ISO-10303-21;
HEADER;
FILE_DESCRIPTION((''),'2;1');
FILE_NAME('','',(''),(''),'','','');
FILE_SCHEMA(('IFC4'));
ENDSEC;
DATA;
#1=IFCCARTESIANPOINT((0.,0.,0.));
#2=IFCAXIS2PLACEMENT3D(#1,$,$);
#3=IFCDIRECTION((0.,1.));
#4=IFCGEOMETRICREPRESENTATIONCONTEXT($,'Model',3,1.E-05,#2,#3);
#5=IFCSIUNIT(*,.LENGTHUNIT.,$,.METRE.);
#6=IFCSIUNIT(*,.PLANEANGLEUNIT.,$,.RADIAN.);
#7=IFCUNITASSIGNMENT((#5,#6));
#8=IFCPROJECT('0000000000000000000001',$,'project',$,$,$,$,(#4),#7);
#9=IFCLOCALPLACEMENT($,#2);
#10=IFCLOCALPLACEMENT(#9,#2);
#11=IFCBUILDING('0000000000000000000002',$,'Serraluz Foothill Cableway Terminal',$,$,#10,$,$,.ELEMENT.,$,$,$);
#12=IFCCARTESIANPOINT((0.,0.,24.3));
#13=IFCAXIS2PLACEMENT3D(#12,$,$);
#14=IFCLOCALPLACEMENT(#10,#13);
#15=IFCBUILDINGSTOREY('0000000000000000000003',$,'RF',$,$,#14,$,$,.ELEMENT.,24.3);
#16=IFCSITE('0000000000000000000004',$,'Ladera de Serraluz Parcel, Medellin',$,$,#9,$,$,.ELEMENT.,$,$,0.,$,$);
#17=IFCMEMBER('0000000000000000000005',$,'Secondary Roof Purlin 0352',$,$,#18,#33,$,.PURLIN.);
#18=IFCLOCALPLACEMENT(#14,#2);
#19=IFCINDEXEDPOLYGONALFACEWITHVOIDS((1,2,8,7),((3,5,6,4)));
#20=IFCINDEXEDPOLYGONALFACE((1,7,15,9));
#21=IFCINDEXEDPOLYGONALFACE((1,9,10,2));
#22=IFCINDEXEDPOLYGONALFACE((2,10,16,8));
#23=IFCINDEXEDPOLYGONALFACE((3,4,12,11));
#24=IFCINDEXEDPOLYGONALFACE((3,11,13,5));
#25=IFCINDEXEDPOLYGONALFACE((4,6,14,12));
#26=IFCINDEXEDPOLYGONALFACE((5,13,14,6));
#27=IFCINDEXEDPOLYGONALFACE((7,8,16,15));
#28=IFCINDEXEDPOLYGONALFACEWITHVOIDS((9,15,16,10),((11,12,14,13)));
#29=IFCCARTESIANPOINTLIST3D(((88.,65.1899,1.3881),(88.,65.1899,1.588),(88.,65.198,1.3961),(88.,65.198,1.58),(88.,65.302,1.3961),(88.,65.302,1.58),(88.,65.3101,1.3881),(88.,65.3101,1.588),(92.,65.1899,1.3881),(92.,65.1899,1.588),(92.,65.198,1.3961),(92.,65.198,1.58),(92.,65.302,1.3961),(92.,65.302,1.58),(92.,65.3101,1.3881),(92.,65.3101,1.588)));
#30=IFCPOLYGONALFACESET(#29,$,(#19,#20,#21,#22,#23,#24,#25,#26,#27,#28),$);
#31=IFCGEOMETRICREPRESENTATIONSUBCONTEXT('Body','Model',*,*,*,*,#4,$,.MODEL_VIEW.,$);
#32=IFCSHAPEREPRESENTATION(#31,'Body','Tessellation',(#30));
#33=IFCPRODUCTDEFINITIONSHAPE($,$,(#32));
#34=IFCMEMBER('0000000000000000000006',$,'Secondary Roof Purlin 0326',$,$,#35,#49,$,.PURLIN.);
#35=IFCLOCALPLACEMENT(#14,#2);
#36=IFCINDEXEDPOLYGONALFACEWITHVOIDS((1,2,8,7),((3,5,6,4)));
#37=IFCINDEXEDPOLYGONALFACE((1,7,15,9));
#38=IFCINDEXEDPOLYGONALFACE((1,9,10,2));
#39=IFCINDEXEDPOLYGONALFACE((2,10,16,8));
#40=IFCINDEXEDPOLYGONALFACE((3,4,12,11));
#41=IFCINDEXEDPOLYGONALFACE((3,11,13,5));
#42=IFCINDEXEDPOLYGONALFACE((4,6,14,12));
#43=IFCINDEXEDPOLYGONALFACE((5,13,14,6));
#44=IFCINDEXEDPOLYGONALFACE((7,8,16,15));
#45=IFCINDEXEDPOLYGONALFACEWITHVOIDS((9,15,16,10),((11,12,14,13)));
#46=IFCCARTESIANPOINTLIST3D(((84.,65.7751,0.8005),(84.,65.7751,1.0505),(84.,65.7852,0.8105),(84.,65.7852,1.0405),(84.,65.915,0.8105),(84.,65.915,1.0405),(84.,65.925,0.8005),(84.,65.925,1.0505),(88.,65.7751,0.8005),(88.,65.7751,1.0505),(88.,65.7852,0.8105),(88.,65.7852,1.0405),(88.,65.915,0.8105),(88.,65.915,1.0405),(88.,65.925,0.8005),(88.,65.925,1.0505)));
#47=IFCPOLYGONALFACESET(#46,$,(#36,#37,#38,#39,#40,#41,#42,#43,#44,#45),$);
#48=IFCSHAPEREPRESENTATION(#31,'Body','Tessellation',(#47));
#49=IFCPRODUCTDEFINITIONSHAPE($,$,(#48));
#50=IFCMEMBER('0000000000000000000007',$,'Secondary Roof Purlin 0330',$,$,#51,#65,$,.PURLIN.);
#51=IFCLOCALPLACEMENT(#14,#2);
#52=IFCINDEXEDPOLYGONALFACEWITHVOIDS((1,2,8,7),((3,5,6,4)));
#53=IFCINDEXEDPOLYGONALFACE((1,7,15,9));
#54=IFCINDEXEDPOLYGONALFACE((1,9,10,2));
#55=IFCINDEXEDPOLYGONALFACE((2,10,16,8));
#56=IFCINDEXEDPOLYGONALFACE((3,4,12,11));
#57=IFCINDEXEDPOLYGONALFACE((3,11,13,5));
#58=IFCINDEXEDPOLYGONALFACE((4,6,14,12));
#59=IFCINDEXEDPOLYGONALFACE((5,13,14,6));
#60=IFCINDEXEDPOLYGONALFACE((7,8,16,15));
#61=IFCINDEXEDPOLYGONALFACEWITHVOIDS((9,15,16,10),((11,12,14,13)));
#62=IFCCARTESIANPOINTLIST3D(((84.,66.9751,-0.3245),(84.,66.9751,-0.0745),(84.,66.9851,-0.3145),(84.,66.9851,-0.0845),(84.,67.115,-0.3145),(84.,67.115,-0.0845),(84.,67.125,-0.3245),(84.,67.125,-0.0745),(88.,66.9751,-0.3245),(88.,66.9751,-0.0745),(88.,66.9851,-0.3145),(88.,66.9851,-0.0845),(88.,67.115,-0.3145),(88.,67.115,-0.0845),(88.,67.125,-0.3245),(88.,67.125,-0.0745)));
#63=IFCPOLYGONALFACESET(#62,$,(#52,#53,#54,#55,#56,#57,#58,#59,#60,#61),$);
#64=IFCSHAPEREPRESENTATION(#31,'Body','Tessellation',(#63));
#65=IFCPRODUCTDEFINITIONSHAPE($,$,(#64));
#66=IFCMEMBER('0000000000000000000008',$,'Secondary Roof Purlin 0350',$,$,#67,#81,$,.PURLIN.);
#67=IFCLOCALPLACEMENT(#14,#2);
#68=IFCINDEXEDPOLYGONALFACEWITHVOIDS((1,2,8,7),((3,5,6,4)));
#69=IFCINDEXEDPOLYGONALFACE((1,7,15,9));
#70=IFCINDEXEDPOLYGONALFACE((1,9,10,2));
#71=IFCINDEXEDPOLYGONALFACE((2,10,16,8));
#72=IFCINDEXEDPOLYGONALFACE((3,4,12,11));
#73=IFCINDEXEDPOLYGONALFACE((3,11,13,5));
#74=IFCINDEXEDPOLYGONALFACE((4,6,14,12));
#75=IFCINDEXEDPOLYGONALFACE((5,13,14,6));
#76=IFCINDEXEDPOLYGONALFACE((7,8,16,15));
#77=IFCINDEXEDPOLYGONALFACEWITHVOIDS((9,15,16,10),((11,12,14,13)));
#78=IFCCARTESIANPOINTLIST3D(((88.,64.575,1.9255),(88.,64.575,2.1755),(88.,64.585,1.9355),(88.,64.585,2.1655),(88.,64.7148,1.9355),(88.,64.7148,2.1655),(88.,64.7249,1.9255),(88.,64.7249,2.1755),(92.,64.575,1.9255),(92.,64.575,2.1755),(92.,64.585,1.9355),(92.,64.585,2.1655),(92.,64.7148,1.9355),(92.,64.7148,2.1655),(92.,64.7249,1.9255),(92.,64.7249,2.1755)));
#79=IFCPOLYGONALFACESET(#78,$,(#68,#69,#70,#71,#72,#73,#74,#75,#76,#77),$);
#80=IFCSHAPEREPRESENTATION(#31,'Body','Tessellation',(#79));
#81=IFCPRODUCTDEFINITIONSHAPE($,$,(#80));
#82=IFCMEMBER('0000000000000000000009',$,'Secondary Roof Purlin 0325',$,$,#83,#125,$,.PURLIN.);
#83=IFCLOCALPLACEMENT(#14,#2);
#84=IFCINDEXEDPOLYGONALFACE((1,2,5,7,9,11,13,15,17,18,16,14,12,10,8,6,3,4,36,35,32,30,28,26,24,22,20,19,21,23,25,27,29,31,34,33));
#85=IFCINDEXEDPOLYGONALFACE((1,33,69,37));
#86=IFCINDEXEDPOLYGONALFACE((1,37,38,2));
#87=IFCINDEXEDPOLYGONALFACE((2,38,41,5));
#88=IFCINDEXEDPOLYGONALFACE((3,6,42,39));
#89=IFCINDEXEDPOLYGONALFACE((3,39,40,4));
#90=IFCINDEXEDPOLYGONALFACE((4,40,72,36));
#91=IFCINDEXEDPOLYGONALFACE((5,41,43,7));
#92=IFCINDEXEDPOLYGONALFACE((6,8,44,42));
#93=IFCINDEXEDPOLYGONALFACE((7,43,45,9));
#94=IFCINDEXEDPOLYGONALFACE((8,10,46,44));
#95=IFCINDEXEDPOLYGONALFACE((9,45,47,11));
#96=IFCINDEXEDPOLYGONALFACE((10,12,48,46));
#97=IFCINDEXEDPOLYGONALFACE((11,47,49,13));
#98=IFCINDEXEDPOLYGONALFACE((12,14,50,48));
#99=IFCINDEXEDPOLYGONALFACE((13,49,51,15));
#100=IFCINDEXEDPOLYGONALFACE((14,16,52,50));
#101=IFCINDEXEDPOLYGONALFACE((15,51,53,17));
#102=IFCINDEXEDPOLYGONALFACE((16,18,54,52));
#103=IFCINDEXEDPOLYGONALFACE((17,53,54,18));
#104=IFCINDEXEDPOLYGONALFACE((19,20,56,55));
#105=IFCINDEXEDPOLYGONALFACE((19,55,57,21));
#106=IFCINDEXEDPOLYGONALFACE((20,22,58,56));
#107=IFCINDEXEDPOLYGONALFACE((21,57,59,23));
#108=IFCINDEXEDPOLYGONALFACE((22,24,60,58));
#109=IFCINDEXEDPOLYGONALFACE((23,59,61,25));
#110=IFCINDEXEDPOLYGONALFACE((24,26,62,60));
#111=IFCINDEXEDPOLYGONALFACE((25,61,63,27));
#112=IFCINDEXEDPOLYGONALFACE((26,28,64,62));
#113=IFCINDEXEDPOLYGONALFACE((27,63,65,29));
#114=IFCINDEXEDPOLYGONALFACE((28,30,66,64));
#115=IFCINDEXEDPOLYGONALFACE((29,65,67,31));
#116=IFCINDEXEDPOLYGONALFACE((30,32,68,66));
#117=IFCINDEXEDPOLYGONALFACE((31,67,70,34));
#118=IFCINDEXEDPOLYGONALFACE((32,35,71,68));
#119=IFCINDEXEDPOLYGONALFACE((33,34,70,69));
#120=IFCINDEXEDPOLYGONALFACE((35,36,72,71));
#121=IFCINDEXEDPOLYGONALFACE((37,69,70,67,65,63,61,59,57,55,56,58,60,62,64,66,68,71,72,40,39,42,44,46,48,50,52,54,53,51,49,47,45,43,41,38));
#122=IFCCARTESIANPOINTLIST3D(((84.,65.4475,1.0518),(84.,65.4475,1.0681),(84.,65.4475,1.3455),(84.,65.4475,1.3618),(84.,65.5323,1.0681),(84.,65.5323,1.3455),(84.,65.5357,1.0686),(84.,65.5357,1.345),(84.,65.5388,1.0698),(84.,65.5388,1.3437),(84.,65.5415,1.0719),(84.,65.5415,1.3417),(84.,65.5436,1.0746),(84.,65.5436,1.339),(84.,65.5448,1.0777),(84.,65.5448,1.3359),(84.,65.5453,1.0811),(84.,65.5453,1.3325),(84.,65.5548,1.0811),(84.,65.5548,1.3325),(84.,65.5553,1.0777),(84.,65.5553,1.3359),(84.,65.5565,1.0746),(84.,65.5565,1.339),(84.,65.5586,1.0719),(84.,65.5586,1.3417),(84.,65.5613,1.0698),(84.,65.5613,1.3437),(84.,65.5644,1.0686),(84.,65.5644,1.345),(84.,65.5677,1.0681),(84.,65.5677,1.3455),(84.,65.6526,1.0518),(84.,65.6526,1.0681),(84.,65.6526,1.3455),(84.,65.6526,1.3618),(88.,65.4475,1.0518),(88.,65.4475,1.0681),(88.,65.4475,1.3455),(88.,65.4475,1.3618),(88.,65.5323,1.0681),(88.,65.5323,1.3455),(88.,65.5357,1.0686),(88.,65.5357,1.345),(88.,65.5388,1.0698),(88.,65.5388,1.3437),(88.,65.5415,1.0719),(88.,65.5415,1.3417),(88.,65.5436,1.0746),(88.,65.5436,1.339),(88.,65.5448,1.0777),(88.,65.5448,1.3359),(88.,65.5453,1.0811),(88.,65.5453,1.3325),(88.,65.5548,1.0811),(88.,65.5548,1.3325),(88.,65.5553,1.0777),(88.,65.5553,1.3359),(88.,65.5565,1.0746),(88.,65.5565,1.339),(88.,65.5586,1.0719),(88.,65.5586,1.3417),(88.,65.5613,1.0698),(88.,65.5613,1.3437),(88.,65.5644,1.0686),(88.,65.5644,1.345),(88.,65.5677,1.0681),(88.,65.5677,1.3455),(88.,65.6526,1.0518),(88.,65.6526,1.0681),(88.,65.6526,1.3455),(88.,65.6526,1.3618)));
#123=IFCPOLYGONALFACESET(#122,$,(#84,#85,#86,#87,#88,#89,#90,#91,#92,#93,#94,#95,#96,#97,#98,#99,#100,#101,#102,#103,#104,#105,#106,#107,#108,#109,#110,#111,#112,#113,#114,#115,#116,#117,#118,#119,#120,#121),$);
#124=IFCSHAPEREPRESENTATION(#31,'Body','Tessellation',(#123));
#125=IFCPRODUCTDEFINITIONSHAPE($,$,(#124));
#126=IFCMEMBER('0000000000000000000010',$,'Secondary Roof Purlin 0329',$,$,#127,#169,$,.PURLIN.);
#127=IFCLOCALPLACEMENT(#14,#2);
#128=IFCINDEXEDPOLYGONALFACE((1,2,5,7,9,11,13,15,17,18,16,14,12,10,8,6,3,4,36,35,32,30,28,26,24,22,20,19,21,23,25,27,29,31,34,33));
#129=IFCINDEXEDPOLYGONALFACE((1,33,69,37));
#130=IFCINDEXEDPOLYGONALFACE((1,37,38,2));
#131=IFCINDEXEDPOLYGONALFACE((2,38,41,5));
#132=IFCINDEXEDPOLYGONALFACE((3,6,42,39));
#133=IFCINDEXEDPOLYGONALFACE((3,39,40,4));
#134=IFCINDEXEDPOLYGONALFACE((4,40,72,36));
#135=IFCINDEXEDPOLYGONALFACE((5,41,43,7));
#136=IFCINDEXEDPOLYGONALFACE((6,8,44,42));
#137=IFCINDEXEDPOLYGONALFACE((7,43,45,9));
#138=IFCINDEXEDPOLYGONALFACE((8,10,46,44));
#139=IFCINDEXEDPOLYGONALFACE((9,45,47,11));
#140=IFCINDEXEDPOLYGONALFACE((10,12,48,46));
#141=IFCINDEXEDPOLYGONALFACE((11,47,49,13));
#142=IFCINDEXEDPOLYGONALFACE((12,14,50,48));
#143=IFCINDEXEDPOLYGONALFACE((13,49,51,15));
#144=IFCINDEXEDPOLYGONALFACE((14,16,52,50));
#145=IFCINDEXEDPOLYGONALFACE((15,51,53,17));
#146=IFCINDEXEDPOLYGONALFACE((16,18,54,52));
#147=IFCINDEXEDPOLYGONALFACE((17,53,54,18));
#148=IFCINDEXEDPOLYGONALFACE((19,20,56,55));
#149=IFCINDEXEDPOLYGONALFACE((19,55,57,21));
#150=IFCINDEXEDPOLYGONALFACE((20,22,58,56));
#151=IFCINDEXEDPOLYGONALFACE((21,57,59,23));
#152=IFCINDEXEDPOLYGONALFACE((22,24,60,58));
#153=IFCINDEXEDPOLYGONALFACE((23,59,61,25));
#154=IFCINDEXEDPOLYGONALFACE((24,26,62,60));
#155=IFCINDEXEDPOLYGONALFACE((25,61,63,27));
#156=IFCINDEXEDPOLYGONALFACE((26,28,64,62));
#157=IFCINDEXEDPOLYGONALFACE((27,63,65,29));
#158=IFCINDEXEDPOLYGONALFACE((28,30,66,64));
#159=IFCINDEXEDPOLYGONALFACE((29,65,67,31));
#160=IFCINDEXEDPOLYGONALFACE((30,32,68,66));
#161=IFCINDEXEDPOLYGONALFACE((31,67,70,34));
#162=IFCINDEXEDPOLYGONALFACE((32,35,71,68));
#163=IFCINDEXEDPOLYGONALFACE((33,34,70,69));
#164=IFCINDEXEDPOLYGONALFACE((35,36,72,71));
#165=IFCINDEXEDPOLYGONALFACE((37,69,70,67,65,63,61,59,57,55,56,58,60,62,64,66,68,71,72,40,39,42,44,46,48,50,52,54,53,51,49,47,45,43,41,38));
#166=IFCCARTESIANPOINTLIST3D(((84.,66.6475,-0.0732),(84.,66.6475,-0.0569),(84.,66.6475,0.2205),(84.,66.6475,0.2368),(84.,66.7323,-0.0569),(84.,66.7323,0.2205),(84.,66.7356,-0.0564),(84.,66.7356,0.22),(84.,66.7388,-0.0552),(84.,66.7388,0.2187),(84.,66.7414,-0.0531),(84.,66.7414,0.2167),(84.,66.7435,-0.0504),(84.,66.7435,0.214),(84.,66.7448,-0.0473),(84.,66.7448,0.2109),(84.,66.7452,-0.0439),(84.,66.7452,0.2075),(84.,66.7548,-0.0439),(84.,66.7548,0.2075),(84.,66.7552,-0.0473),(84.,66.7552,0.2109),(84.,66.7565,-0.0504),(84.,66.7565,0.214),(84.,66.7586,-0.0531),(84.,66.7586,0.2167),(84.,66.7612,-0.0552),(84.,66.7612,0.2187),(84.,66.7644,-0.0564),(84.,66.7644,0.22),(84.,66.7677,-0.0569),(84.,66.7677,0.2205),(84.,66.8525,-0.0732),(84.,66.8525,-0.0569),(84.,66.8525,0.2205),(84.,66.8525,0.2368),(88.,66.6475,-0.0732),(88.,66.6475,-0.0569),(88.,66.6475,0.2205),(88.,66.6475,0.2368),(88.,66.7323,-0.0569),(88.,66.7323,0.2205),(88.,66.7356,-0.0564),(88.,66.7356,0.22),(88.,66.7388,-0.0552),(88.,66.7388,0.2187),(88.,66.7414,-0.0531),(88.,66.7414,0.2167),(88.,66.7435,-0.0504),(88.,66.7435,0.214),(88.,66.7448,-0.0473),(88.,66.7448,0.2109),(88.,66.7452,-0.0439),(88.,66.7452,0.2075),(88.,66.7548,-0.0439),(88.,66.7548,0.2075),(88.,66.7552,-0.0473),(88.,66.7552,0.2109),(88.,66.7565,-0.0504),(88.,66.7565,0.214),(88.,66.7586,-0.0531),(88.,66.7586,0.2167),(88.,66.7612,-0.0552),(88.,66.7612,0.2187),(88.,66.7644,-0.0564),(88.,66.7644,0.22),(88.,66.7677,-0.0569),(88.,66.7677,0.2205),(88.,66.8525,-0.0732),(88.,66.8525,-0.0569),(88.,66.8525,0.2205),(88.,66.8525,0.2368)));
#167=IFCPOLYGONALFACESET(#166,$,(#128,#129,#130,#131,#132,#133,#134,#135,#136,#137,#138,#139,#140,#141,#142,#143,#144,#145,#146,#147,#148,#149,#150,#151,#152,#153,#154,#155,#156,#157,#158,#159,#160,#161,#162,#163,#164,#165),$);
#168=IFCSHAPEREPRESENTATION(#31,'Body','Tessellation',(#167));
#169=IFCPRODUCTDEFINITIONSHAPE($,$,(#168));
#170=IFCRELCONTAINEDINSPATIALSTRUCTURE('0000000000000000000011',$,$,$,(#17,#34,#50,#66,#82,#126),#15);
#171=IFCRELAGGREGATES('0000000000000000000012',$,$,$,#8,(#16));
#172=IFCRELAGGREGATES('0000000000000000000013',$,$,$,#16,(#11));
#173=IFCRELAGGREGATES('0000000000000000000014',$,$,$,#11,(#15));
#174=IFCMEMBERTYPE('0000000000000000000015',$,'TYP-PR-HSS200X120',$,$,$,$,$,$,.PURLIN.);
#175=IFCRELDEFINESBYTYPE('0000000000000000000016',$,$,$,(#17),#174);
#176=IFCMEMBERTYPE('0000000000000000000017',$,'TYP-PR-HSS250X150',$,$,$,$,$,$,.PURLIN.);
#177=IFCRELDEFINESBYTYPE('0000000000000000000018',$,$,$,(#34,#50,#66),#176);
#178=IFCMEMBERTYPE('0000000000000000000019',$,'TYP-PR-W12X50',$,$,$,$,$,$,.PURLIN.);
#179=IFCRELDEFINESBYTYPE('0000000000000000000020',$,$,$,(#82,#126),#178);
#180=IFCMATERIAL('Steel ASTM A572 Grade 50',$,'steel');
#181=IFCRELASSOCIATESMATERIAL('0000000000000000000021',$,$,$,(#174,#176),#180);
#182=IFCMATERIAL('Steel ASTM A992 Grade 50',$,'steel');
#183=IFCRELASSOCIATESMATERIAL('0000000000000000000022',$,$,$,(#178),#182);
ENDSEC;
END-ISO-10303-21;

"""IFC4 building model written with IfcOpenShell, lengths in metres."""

from ifc_helpers import new_model, si_unit, direction, frame, origin, origin_2d, place, context, subcontext, project, spatial, hollow_rectangle, i_section, extrude, material, material_profile, profile_set, type_object, element, save


model = new_model("IFC4")

# Units and contexts
model_context = context("Model", 3, precision=1e-05, world=origin(), true_north=direction((0.0, 1.0)))
body_context = subcontext(model_context, "Body", "Model", "MODEL_VIEW")
ifc_project = project(units=[si_unit("LENGTHUNIT", "METRE"), si_unit("PLANEANGLEUNIT", "RADIAN")], contexts=[model_context])

# Site, building, storey
site_placement = place(None, origin())
site = spatial("IfcSite", under=ifc_project, at=site_placement, Name="Ladera de Serraluz Parcel, Medellin", CompositionType="ELEMENT", RefElevation=0.0)
building_placement = place(site_placement, origin())
building = spatial("IfcBuilding", under=site, at=building_placement, Name="Serraluz Foothill Cableway Terminal", CompositionType="ELEMENT")
storey_placement = place(building_placement, frame((0.0, 0.0, 24.3)))
storey = spatial("IfcBuildingStorey", under=building, at=storey_placement, Name="RF", CompositionType="ELEMENT", Elevation=24.3)

# Members
ifc_material_1 = material(Name="Steel ASTM A572 Grade 50", Category="steel")
ifc_material_profile_1 = material_profile(ifc_material_1, hollow_rectangle(XDim=0.1201, YDim=0.2, WallThickness=0.0081, at=origin_2d()), Name="HSS200X120X8")
ifc_profile_set_1 = profile_set([ifc_material_profile_1], Name="Steel ASTM A572 Grade 50")
member_type_1 = type_object("IfcMemberType", Name="TYP-PR-HSS200X120", PredefinedType="PURLIN", material=ifc_profile_set_1)
for number, where, z_axis, x_axis, name in (
    (1, (88.0, 65.25, 1.488), (1.0, 0.0, 0.0), (0.0, 1.0, 0.0), "Secondary Roof Purlin 0352"),
):
    element("IfcMember", number, at=place(storey_placement, frame(where, z_axis=z_axis, x_axis=x_axis)), inside=storey, type_object=member_type_1, Name=name, PredefinedType="PURLIN", context=body_context, shape_type="SweptSolid", body=[
        extrude(hollow_rectangle(XDim=0.1201, YDim=0.2, WallThickness=0.0081, at=origin_2d()), origin(), (0.0, 0.0, 1.0), 4.0),
    ])
ifc_material_profile_2 = material_profile(ifc_material_1, hollow_rectangle(XDim=0.1499, YDim=0.25, WallThickness=0.01, at=origin_2d()), Name="HSS250X150X10")
ifc_profile_set_2 = profile_set([ifc_material_profile_2], Name="Steel ASTM A572 Grade 50")
member_type_2 = type_object("IfcMemberType", Name="TYP-PR-HSS250X150", PredefinedType="PURLIN", material=ifc_profile_set_2)
for number, where, z_axis, x_axis, name in (
    (2, (84.0, 65.8501, 0.9255), (1.0, 0.0, 0.0), (0.0, 1.0, 0.0), "Secondary Roof Purlin 0326"),
    (3, (84.0, 67.05, -0.1995), (1.0, 0.0, 0.0), (0.0, 1.0, 0.0), "Secondary Roof Purlin 0330"),
    (4, (88.0, 64.6499, 2.0505), (1.0, 0.0, 0.0), (0.0, 1.0, 0.0), "Secondary Roof Purlin 0350"),
):
    element("IfcMember", number, at=place(storey_placement, frame(where, z_axis=z_axis, x_axis=x_axis)), inside=storey, type_object=member_type_2, Name=name, PredefinedType="PURLIN", context=body_context, shape_type="SweptSolid", body=[
        extrude(hollow_rectangle(XDim=0.1499, YDim=0.25, WallThickness=0.01, at=origin_2d()), origin(), (0.0, 0.0, 1.0), 4.0),
    ])
ifc_material_2 = material(Name="Steel ASTM A992 Grade 50", Category="steel")
ifc_material_profile_3 = material_profile(ifc_material_2, i_section(OverallWidth=0.2051, OverallDepth=0.3101, WebThickness=0.0095, FlangeThickness=0.0164, FilletRadius=0.0129, at=origin_2d()), Name="W12X50")
ifc_profile_set_3 = profile_set([ifc_material_profile_3], Name="Steel ASTM A992 Grade 50")
member_type_3 = type_object("IfcMemberType", Name="TYP-PR-W12X50", PredefinedType="PURLIN", material=ifc_profile_set_3)
for number, where, z_axis, x_axis, name in (
    (5, (84.0, 65.55, 1.2068), (1.0, 0.0, 0.0), (0.0, 1.0, 0.0), "Secondary Roof Purlin 0325"),
    (6, (84.0, 66.75, 0.0818), (1.0, 0.0, 0.0), (0.0, 1.0, 0.0), "Secondary Roof Purlin 0329"),
):
    element("IfcMember", number, at=place(storey_placement, frame(where, z_axis=z_axis, x_axis=x_axis)), inside=storey, type_object=member_type_3, Name=name, PredefinedType="PURLIN", context=body_context, shape_type="SweptSolid", body=[
        extrude(i_section(OverallWidth=0.2051, OverallDepth=0.3101, WebThickness=0.0095, FlangeThickness=0.0164, FilletRadius=0.0129, at=origin_2d()), origin(), (0.0, 0.0, 1.0), 4.0),
    ])

save(model, "model.ifc")
